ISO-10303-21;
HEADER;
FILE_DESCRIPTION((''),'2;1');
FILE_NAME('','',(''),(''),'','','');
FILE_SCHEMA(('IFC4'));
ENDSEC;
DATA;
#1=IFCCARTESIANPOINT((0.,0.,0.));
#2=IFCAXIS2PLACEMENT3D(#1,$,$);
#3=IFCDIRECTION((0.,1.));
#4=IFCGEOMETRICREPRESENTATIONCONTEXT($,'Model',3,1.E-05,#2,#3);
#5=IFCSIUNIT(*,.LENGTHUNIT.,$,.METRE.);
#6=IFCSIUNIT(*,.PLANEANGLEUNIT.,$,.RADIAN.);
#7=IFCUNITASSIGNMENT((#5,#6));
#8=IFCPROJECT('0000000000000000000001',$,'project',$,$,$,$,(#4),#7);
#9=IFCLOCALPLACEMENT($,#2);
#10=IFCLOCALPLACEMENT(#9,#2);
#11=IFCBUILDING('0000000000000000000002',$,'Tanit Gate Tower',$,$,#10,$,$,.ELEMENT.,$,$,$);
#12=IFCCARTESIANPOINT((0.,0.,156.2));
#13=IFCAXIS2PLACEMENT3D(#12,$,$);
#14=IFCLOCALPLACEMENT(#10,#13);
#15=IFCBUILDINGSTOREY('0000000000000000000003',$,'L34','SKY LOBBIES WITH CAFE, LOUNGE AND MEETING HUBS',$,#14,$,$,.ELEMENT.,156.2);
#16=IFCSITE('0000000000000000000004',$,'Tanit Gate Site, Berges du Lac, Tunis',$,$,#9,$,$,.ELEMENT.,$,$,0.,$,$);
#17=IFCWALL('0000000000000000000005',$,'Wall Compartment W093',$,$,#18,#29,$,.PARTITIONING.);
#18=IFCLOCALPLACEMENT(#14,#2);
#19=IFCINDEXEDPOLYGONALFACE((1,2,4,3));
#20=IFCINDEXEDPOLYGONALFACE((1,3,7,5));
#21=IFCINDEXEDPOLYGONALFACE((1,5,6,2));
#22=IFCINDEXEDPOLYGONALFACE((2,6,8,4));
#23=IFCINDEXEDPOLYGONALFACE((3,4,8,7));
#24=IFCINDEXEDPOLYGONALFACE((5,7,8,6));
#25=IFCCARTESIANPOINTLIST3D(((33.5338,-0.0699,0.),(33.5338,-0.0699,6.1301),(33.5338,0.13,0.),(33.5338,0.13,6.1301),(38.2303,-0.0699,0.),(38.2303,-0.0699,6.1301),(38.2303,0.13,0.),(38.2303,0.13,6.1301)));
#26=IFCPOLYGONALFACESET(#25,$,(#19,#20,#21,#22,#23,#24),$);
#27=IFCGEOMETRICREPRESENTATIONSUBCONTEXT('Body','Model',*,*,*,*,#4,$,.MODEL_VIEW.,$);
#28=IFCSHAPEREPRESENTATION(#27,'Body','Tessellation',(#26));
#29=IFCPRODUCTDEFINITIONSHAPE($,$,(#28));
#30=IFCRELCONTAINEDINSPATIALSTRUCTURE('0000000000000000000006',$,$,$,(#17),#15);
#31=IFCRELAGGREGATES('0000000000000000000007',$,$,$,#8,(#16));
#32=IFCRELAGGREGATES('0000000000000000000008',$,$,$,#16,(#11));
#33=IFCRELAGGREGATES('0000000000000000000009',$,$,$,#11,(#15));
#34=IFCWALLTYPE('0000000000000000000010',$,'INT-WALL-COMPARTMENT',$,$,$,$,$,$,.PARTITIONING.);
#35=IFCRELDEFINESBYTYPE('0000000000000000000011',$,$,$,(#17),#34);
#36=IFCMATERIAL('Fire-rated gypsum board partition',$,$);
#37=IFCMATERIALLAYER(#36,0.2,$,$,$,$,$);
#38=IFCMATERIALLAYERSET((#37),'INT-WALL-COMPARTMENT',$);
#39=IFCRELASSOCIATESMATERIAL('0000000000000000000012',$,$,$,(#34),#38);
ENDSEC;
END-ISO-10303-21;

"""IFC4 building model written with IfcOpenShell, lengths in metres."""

from ifc_helpers import new_model, si_unit, direction, frame, frame_2d, origin, place, context, subcontext, project, spatial, rectangle, extrude, material, layer, layer_set, type_object, element, save


model = new_model("IFC4")

# Units and contexts
model_context = context("Model", 3, precision=1e-05, world=origin(), true_north=direction((0.0, 1.0)))
body_context = subcontext(model_context, "Body", "Model", "MODEL_VIEW")
ifc_project = project(units=[si_unit("LENGTHUNIT", "METRE"), si_unit("PLANEANGLEUNIT", "RADIAN")], contexts=[model_context])

# Site, building, storey
site_placement = place(None, origin())
site = spatial("IfcSite", under=ifc_project, at=site_placement, Name="Tanit Gate Site, Berges du Lac, Tunis", CompositionType="ELEMENT", RefElevation=0.0)
building_placement = place(site_placement, origin())
building = spatial("IfcBuilding", under=site, at=building_placement, Name="Tanit Gate Tower", CompositionType="ELEMENT")
storey_placement = place(building_placement, frame((0.0, 0.0, 156.2)))
storey = spatial("IfcBuildingStorey", under=building, at=storey_placement, Name="L34", Description="SKY LOBBIES WITH CAFE, LOUNGE AND MEETING HUBS", CompositionType="ELEMENT", Elevation=156.2)

# Shared definitions
ifc_material_1 = material(Name="Fire-rated gypsum board partition")
ifc_layer_1 = layer(ifc_material_1, 0.2)
ifc_layer_set_1 = layer_set([ifc_layer_1], Name="INT-WALL-COMPARTMENT")
wall_type = type_object("IfcWallType", Name="INT-WALL-COMPARTMENT", PredefinedType="PARTITIONING", material=ifc_layer_set_1)

# Wall
wall_1_placement = place(storey_placement, frame((38.2302, 0.03, 0.0), z_axis=(0.0, 0.0, 1.0), x_axis=(-1.0, 0.0, 0.0)))
element("IfcWall", 1, at=wall_1_placement, inside=storey, type_object=wall_type, Name="Wall Compartment W093", PredefinedType="PARTITIONING", context=body_context, shape_type="SweptSolid", body=[
    extrude(rectangle(XDim=4.6965, YDim=0.2, at=frame_2d((2.3481, 0.0))), origin(), (0.0, 0.0, 1.0), 6.1301),
])

save(model, "model.ifc")
